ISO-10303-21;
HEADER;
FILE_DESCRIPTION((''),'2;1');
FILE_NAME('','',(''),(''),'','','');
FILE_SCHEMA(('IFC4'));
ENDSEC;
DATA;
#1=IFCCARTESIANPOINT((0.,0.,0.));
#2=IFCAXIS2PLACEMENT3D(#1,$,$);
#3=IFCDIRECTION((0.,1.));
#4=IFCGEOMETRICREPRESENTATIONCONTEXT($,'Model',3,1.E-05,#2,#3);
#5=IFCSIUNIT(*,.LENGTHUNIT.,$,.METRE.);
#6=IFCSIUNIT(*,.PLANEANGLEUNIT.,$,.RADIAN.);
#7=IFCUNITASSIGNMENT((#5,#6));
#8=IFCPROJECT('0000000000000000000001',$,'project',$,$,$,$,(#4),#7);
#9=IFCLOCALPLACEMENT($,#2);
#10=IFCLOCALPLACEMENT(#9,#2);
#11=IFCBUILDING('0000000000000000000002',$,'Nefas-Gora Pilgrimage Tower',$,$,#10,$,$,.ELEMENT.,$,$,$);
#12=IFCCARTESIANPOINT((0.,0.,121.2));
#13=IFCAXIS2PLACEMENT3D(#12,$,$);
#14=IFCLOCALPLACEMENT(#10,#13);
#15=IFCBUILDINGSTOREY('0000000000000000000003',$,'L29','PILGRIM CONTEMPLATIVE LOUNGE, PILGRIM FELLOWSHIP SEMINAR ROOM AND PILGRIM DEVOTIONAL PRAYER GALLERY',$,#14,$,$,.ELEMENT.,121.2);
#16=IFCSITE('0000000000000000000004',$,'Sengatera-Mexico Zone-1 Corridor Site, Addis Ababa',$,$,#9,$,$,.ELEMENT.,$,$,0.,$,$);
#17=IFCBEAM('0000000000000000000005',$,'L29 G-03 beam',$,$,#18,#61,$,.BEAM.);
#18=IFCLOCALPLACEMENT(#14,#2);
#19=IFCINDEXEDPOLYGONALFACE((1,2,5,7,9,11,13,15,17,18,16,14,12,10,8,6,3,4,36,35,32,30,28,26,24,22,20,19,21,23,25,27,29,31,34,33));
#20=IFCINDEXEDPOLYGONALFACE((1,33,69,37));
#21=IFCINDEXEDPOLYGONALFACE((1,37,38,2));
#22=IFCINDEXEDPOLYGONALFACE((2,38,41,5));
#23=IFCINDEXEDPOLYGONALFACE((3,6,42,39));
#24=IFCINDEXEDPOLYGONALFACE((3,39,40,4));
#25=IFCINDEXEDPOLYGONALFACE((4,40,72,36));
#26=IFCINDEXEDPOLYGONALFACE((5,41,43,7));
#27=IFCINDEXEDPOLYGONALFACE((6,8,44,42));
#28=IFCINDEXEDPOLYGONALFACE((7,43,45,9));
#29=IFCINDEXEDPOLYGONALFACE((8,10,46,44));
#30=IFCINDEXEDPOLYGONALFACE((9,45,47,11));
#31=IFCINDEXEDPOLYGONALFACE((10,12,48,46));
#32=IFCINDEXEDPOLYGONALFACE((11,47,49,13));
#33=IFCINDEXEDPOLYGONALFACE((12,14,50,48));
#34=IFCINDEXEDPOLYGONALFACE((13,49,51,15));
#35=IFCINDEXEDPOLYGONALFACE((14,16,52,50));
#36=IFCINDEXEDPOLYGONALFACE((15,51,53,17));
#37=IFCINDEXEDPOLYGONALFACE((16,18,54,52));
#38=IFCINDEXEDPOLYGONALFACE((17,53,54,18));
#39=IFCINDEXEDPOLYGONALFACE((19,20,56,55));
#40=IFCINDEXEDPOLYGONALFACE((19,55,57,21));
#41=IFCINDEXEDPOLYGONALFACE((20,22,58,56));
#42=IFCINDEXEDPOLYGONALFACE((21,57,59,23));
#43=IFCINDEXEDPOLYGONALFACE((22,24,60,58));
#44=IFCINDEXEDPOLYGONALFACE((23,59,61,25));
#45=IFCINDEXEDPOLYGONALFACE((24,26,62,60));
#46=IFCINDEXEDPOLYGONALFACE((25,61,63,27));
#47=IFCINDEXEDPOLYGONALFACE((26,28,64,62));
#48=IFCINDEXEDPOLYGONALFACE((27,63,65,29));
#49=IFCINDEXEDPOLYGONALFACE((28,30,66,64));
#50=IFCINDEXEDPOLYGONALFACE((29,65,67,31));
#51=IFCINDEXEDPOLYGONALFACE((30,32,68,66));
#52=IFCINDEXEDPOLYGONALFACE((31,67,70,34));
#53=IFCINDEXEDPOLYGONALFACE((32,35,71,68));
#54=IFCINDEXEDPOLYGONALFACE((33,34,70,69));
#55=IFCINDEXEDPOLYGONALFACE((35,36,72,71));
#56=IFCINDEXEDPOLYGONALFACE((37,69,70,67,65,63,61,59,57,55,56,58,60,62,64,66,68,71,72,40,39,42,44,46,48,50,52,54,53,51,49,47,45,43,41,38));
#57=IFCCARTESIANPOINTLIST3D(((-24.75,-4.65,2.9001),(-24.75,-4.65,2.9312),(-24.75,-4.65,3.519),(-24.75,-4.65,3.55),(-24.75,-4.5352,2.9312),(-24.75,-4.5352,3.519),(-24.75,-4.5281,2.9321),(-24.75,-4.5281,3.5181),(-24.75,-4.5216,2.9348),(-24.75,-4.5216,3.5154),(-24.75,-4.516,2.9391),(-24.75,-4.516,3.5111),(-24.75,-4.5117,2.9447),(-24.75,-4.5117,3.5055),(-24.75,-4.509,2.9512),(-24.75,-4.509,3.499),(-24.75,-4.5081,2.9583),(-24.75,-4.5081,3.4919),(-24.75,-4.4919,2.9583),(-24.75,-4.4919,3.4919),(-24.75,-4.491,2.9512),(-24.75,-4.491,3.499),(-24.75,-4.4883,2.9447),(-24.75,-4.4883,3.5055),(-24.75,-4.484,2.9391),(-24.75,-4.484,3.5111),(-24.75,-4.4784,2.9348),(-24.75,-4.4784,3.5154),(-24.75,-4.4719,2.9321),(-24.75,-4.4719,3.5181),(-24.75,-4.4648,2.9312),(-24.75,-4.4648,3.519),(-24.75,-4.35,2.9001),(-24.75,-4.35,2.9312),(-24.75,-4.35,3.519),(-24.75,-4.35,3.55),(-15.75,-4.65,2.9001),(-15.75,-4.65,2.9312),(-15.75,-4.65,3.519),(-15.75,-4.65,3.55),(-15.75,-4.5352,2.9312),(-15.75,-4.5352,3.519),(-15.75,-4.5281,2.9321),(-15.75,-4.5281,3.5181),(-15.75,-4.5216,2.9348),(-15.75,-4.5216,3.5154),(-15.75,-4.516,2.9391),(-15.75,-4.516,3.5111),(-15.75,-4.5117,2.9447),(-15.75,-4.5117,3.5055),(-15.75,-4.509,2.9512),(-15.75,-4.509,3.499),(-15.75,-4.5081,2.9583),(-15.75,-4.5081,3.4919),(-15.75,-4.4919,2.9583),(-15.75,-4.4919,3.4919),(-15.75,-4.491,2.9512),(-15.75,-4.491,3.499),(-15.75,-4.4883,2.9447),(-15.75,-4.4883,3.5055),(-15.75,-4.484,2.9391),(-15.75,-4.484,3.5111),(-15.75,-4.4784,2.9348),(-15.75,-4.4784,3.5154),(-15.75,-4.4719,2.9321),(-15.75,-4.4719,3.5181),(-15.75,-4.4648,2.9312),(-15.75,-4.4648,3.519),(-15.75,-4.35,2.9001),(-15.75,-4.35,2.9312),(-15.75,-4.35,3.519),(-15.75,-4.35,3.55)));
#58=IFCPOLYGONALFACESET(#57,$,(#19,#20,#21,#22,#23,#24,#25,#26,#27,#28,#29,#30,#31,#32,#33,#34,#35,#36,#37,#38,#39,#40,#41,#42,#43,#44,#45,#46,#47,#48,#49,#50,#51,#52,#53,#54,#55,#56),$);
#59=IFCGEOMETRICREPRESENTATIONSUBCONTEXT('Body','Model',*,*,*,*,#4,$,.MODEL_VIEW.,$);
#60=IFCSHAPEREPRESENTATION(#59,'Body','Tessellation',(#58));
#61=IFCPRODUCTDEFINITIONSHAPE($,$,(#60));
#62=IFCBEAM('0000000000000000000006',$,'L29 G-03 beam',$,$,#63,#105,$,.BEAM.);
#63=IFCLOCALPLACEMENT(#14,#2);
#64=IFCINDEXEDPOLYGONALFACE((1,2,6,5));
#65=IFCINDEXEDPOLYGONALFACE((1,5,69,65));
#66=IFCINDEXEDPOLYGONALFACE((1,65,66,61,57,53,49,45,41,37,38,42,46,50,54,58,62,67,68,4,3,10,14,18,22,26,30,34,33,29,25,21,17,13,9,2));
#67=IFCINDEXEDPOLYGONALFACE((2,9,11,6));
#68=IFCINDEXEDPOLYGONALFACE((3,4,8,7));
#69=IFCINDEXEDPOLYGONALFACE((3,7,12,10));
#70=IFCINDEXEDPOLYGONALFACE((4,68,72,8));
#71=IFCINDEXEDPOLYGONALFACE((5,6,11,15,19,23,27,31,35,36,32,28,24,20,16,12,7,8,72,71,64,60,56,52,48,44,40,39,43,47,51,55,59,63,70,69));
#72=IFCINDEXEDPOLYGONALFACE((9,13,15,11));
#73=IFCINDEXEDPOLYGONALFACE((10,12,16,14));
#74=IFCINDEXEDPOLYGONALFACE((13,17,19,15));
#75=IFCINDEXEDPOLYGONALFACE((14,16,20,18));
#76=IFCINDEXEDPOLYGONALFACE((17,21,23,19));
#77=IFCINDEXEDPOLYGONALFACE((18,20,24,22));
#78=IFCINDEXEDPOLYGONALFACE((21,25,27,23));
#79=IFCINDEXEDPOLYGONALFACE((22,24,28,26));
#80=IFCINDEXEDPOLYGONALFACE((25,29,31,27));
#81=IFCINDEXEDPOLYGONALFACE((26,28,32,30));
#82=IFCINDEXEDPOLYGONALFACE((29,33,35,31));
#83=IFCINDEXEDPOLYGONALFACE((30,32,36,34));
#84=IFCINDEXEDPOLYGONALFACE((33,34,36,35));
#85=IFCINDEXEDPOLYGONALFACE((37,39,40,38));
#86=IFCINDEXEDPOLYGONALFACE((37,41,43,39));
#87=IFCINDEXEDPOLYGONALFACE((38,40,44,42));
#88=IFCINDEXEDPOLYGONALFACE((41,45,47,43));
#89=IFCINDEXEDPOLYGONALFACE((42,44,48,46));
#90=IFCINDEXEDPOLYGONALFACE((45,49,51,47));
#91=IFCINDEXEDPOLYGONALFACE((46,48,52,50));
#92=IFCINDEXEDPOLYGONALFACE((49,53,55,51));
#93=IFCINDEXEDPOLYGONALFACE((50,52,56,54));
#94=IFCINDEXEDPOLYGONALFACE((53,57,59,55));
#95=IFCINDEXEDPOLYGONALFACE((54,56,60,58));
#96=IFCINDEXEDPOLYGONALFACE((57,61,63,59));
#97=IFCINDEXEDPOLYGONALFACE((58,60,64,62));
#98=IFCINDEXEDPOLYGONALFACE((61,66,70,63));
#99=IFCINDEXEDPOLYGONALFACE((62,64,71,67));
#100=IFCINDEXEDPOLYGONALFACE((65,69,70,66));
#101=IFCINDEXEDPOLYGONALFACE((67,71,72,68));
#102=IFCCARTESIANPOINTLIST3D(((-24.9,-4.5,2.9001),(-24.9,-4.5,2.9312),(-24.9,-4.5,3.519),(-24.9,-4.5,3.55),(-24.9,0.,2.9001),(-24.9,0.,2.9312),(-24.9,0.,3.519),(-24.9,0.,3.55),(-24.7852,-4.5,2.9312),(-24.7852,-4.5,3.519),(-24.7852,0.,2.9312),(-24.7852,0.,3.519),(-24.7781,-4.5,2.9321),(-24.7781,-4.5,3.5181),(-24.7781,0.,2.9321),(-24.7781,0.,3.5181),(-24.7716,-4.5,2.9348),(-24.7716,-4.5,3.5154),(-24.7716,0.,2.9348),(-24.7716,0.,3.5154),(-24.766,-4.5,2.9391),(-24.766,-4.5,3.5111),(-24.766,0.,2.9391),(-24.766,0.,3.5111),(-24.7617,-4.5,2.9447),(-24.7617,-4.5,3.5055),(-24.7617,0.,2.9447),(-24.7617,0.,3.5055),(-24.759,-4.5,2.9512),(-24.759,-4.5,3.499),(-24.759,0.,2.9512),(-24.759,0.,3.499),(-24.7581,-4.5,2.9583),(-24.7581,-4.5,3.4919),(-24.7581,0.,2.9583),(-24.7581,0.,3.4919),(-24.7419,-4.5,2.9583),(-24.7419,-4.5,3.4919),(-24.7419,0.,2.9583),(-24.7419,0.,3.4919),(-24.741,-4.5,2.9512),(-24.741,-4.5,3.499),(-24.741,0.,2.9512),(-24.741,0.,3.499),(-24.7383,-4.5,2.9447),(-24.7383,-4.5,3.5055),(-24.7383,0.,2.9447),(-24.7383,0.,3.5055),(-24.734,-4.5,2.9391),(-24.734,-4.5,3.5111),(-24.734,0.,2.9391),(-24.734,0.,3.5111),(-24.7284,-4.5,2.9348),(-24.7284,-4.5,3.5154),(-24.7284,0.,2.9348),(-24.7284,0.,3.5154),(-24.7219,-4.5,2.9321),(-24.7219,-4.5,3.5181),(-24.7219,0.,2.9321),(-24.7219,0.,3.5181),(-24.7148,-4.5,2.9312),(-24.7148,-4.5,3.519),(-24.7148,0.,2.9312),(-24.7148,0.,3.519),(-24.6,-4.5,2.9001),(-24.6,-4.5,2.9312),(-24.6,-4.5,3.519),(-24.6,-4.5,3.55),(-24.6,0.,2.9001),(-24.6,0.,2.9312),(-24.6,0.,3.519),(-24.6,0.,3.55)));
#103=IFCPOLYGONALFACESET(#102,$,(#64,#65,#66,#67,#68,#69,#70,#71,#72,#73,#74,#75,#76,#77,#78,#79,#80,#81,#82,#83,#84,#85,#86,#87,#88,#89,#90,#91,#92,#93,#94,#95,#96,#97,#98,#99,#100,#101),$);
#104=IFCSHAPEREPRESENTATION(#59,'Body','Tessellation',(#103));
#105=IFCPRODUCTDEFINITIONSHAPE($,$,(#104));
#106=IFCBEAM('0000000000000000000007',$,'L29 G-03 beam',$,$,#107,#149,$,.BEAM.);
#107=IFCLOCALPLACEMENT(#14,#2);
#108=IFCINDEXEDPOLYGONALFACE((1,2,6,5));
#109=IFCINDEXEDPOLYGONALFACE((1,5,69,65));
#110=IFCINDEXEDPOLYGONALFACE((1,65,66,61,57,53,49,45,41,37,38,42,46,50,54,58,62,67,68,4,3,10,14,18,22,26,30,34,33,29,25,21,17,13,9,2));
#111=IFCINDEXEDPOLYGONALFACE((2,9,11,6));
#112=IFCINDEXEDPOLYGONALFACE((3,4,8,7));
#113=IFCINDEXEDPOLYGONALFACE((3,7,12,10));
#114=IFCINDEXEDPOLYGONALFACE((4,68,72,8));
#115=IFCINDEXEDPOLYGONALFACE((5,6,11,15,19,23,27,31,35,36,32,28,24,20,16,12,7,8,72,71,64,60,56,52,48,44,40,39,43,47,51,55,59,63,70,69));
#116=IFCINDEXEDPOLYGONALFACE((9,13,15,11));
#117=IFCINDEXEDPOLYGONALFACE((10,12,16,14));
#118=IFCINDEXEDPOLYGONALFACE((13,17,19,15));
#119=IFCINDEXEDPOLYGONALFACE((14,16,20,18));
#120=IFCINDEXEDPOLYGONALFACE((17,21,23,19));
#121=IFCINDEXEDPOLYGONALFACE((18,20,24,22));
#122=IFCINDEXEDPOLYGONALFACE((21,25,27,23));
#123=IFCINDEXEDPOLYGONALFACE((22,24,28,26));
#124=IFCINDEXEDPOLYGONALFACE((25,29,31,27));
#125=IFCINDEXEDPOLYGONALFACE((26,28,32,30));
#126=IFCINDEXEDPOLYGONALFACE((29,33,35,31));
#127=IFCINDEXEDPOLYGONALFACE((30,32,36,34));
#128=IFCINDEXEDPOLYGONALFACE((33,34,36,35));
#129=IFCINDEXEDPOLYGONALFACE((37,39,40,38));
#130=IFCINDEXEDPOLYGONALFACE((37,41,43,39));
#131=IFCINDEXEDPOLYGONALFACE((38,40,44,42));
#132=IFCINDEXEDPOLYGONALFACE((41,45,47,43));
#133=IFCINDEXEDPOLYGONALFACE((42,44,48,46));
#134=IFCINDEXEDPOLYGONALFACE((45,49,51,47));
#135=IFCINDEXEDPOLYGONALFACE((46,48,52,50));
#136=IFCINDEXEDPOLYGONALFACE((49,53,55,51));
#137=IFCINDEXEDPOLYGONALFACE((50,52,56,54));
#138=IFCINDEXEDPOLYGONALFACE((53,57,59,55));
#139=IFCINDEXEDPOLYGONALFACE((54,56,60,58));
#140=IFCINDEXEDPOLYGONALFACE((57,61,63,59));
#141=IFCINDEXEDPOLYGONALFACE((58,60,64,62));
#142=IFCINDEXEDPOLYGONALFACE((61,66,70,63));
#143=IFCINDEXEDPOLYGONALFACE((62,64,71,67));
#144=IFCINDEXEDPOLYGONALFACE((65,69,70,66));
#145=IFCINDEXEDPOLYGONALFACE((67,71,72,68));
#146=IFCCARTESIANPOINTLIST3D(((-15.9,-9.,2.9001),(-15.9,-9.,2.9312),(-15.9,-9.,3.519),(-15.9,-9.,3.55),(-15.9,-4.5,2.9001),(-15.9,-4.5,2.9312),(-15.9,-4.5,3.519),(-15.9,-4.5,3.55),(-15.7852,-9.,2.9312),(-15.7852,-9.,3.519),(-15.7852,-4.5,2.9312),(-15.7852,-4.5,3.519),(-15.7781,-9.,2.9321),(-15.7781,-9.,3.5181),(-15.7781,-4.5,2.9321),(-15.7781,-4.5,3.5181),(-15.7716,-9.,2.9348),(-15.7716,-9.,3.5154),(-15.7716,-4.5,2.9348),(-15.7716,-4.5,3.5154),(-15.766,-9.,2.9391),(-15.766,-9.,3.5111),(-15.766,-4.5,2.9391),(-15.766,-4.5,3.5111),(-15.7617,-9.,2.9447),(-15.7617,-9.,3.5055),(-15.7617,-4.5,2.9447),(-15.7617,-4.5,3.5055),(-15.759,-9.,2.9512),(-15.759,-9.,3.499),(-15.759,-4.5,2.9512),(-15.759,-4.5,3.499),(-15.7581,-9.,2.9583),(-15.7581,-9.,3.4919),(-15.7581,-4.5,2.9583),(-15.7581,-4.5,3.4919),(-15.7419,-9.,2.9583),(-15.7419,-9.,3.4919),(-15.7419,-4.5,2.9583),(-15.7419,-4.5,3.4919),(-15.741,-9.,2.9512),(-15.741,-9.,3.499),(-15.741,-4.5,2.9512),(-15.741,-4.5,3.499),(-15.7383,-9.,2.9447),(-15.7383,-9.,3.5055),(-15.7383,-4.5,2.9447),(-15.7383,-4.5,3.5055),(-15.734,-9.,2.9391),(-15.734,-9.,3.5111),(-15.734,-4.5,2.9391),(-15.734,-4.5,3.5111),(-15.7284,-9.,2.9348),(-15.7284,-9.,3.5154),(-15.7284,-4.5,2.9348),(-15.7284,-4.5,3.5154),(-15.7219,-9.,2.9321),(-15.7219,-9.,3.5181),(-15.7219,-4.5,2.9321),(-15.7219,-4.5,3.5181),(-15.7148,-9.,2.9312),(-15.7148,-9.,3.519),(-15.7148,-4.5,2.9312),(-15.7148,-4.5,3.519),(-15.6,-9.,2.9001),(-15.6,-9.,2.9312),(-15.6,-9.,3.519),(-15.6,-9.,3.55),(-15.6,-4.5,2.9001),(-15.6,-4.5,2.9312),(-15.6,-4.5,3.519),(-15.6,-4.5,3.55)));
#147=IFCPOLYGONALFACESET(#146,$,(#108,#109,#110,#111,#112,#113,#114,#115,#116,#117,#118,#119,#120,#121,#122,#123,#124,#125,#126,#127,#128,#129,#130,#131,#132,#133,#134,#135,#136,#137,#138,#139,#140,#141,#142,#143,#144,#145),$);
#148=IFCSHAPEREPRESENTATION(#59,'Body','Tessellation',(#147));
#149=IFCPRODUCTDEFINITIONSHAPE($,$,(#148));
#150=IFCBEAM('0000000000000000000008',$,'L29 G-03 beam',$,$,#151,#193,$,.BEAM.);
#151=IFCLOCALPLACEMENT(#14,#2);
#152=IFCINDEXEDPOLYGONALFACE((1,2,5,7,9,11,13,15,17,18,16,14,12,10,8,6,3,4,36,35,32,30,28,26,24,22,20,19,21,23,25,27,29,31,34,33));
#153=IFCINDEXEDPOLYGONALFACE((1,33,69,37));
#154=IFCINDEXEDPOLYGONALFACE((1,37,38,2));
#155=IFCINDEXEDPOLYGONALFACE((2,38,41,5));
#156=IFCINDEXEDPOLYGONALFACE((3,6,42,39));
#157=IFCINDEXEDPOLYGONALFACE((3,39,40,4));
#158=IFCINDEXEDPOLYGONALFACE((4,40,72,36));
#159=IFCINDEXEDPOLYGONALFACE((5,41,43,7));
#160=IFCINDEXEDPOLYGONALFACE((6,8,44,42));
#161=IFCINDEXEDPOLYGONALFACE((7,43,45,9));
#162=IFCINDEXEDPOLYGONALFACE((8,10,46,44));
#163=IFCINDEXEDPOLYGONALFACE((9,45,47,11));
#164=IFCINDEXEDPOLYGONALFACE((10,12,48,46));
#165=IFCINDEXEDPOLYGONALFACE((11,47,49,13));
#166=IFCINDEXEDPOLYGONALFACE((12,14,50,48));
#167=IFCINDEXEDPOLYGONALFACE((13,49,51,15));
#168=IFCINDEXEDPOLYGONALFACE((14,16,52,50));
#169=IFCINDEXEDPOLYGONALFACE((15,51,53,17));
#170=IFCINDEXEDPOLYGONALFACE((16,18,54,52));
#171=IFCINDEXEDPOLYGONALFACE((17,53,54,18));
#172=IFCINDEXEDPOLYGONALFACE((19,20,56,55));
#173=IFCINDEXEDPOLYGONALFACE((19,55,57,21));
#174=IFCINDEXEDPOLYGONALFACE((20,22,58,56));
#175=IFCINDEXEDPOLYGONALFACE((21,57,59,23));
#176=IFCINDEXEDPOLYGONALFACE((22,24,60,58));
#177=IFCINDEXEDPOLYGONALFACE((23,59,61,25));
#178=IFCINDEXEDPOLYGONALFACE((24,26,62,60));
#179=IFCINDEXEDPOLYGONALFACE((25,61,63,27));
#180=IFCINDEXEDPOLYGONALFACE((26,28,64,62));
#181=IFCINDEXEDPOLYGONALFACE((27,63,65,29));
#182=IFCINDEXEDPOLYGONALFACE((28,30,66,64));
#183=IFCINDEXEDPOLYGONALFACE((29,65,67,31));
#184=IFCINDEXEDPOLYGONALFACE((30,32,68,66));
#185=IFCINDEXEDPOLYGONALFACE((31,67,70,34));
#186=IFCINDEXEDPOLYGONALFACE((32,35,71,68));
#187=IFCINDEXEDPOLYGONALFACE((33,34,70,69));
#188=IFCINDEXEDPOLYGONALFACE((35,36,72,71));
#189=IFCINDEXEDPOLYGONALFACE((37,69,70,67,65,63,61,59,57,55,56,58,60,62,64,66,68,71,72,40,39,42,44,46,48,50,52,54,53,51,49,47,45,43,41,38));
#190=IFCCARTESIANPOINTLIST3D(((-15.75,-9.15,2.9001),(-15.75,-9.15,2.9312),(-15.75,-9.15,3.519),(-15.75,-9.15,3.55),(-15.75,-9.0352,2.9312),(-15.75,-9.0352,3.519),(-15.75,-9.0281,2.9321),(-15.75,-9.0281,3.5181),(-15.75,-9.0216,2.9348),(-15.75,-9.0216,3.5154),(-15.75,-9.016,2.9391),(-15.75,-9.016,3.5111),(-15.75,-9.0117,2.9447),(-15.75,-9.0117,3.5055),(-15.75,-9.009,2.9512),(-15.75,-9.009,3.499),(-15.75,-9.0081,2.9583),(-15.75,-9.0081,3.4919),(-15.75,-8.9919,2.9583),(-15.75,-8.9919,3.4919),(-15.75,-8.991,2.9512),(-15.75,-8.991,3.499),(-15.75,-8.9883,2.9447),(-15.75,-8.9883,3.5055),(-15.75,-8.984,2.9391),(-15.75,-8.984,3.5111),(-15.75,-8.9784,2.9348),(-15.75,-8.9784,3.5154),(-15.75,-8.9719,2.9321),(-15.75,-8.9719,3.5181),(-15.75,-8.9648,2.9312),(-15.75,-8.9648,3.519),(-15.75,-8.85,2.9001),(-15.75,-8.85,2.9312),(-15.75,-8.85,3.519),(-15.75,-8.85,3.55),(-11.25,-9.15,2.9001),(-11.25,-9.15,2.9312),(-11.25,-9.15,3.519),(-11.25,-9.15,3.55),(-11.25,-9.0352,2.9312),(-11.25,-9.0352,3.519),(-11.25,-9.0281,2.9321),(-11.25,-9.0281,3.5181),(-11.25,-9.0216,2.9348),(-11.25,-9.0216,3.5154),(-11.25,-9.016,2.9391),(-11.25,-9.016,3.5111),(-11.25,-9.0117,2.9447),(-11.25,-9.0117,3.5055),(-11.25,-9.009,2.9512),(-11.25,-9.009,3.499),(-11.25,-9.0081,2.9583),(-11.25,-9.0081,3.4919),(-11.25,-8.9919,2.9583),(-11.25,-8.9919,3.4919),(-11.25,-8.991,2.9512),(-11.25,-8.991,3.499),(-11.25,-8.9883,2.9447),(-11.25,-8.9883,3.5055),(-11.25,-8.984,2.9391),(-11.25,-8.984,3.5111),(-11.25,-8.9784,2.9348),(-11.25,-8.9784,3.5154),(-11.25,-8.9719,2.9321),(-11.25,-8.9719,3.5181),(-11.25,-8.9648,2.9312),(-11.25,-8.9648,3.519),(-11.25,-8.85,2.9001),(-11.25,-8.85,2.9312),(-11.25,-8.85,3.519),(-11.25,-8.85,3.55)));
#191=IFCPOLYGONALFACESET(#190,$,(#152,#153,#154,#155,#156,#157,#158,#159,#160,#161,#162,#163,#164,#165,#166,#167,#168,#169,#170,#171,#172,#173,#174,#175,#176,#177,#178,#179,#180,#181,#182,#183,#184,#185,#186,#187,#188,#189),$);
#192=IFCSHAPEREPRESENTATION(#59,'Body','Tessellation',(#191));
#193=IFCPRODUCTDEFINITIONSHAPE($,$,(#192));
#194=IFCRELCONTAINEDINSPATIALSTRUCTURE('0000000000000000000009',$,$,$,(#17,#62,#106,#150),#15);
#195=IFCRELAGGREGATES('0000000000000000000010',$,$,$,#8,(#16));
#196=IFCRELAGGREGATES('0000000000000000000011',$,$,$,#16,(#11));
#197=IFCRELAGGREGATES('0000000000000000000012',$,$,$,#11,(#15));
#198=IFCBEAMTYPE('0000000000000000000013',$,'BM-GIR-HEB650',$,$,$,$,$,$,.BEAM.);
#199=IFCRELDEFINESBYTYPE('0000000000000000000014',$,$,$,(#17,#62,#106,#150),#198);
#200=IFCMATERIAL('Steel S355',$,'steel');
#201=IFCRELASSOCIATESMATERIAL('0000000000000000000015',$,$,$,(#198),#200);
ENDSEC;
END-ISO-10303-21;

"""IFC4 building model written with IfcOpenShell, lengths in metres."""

from ifc_helpers import new_model, si_unit, direction, frame, origin, origin_2d, place, context, subcontext, project, spatial, i_section, extrude, source, transform, mapped, material, material_profile, profile_set, type_object, element, save


model = new_model("IFC4")

# Units and contexts
model_context = context("Model", 3, precision=1e-05, world=origin(), true_north=direction((0.0, 1.0)))
body_context = subcontext(model_context, "Body", "Model", "MODEL_VIEW")
ifc_project = project(units=[si_unit("LENGTHUNIT", "METRE"), si_unit("PLANEANGLEUNIT", "RADIAN")], contexts=[model_context])

# Site, building, storey
site_placement = place(None, origin())
site = spatial("IfcSite", under=ifc_project, at=site_placement, Name="Sengatera-Mexico Zone-1 Corridor Site, Addis Ababa", CompositionType="ELEMENT", RefElevation=0.0)
building_placement = place(site_placement, origin())
building = spatial("IfcBuilding", under=site, at=building_placement, Name="Nefas-Gora Pilgrimage Tower", CompositionType="ELEMENT")
storey_placement = place(building_placement, frame((0.0, 0.0, 121.2)))
storey = spatial("IfcBuildingStorey", under=building, at=storey_placement, Name="L29", Description="PILGRIM CONTEMPLATIVE LOUNGE, PILGRIM FELLOWSHIP SEMINAR ROOM AND PILGRIM DEVOTIONAL PRAYER GALLERY", CompositionType="ELEMENT", Elevation=121.2)

# Beams
ifc_material_1 = material(Name="Steel S355", Category="steel")
ifc_material_profile_1 = material_profile(ifc_material_1, i_section(OverallWidth=0.3, OverallDepth=0.6499, WebThickness=0.0161, FlangeThickness=0.031, FilletRadius=0.0271, at=origin_2d()), Name="HEB 650")
ifc_profile_set_1 = profile_set([ifc_material_profile_1], Name="Steel S355")
beam_type = type_object("IfcBeamType", Name="BM-GIR-HEB650", PredefinedType="BEAM", material=ifc_profile_set_1)
shared_shape_1 = source(origin(), body_context, "Body", "SweptSolid", [
    extrude(i_section(OverallWidth=0.3, OverallDepth=0.6499, WebThickness=0.0161, FlangeThickness=0.031, FilletRadius=0.0271, at=origin_2d()), origin(), (0.0, 0.0, 1.0), 9.0),
])
beam_placement = place(storey_placement, frame((-24.75, -4.5, 3.2251), z_axis=(1.0, 0.0, 0.0), x_axis=(0.0, 1.0, 0.0)))
element("IfcBeam", 1, at=beam_placement, inside=storey, type_object=beam_type, Name="L29 G-03 beam", PredefinedType="BEAM", context=body_context, shape_type="MappedRepresentation", body=[
    mapped(shared_shape_1, transform((0.0, 0.0, 0.0), x_axis=(1.0, 0.0, 0.0), y_axis=(0.0, 1.0, 0.0), z_axis=(0.0, 0.0, 1.0), scale=1.0)),
])
shared_shape_2 = source(origin(), body_context, "Body", "SweptSolid", [
    extrude(i_section(OverallWidth=0.3, OverallDepth=0.6499, WebThickness=0.0161, FlangeThickness=0.031, FilletRadius=0.0271, at=origin_2d()), origin(), (0.0, 0.0, 1.0), 4.5),
])
for number, where, z_axis, x_axis, name in (
    (2, (-24.75, -4.5, 3.2251), (0.0, 1.0, 0.0), (-1.0, 0.0, 0.0), "L29 G-03 beam"),
    (3, (-15.75, -9.0, 3.2251), (0.0, 1.0, 0.0), (-1.0, 0.0, 0.0), "L29 G-03 beam"),
    (4, (-15.75, -9.0, 3.2251), (1.0, 0.0, 0.0), (0.0, 1.0, 0.0), "L29 G-03 beam"),
):
    element("IfcBeam", number, at=place(storey_placement, frame(where, z_axis=z_axis, x_axis=x_axis)), inside=storey, type_object=beam_type, Name=name, PredefinedType="BEAM", context=body_context, shape_type="MappedRepresentation", body=[
        mapped(shared_shape_2, transform((0.0, 0.0, 0.0), x_axis=(1.0, 0.0, 0.0), y_axis=(0.0, 1.0, 0.0), z_axis=(0.0, 0.0, 1.0), scale=1.0)),
    ])

save(model, "model.ifc")
